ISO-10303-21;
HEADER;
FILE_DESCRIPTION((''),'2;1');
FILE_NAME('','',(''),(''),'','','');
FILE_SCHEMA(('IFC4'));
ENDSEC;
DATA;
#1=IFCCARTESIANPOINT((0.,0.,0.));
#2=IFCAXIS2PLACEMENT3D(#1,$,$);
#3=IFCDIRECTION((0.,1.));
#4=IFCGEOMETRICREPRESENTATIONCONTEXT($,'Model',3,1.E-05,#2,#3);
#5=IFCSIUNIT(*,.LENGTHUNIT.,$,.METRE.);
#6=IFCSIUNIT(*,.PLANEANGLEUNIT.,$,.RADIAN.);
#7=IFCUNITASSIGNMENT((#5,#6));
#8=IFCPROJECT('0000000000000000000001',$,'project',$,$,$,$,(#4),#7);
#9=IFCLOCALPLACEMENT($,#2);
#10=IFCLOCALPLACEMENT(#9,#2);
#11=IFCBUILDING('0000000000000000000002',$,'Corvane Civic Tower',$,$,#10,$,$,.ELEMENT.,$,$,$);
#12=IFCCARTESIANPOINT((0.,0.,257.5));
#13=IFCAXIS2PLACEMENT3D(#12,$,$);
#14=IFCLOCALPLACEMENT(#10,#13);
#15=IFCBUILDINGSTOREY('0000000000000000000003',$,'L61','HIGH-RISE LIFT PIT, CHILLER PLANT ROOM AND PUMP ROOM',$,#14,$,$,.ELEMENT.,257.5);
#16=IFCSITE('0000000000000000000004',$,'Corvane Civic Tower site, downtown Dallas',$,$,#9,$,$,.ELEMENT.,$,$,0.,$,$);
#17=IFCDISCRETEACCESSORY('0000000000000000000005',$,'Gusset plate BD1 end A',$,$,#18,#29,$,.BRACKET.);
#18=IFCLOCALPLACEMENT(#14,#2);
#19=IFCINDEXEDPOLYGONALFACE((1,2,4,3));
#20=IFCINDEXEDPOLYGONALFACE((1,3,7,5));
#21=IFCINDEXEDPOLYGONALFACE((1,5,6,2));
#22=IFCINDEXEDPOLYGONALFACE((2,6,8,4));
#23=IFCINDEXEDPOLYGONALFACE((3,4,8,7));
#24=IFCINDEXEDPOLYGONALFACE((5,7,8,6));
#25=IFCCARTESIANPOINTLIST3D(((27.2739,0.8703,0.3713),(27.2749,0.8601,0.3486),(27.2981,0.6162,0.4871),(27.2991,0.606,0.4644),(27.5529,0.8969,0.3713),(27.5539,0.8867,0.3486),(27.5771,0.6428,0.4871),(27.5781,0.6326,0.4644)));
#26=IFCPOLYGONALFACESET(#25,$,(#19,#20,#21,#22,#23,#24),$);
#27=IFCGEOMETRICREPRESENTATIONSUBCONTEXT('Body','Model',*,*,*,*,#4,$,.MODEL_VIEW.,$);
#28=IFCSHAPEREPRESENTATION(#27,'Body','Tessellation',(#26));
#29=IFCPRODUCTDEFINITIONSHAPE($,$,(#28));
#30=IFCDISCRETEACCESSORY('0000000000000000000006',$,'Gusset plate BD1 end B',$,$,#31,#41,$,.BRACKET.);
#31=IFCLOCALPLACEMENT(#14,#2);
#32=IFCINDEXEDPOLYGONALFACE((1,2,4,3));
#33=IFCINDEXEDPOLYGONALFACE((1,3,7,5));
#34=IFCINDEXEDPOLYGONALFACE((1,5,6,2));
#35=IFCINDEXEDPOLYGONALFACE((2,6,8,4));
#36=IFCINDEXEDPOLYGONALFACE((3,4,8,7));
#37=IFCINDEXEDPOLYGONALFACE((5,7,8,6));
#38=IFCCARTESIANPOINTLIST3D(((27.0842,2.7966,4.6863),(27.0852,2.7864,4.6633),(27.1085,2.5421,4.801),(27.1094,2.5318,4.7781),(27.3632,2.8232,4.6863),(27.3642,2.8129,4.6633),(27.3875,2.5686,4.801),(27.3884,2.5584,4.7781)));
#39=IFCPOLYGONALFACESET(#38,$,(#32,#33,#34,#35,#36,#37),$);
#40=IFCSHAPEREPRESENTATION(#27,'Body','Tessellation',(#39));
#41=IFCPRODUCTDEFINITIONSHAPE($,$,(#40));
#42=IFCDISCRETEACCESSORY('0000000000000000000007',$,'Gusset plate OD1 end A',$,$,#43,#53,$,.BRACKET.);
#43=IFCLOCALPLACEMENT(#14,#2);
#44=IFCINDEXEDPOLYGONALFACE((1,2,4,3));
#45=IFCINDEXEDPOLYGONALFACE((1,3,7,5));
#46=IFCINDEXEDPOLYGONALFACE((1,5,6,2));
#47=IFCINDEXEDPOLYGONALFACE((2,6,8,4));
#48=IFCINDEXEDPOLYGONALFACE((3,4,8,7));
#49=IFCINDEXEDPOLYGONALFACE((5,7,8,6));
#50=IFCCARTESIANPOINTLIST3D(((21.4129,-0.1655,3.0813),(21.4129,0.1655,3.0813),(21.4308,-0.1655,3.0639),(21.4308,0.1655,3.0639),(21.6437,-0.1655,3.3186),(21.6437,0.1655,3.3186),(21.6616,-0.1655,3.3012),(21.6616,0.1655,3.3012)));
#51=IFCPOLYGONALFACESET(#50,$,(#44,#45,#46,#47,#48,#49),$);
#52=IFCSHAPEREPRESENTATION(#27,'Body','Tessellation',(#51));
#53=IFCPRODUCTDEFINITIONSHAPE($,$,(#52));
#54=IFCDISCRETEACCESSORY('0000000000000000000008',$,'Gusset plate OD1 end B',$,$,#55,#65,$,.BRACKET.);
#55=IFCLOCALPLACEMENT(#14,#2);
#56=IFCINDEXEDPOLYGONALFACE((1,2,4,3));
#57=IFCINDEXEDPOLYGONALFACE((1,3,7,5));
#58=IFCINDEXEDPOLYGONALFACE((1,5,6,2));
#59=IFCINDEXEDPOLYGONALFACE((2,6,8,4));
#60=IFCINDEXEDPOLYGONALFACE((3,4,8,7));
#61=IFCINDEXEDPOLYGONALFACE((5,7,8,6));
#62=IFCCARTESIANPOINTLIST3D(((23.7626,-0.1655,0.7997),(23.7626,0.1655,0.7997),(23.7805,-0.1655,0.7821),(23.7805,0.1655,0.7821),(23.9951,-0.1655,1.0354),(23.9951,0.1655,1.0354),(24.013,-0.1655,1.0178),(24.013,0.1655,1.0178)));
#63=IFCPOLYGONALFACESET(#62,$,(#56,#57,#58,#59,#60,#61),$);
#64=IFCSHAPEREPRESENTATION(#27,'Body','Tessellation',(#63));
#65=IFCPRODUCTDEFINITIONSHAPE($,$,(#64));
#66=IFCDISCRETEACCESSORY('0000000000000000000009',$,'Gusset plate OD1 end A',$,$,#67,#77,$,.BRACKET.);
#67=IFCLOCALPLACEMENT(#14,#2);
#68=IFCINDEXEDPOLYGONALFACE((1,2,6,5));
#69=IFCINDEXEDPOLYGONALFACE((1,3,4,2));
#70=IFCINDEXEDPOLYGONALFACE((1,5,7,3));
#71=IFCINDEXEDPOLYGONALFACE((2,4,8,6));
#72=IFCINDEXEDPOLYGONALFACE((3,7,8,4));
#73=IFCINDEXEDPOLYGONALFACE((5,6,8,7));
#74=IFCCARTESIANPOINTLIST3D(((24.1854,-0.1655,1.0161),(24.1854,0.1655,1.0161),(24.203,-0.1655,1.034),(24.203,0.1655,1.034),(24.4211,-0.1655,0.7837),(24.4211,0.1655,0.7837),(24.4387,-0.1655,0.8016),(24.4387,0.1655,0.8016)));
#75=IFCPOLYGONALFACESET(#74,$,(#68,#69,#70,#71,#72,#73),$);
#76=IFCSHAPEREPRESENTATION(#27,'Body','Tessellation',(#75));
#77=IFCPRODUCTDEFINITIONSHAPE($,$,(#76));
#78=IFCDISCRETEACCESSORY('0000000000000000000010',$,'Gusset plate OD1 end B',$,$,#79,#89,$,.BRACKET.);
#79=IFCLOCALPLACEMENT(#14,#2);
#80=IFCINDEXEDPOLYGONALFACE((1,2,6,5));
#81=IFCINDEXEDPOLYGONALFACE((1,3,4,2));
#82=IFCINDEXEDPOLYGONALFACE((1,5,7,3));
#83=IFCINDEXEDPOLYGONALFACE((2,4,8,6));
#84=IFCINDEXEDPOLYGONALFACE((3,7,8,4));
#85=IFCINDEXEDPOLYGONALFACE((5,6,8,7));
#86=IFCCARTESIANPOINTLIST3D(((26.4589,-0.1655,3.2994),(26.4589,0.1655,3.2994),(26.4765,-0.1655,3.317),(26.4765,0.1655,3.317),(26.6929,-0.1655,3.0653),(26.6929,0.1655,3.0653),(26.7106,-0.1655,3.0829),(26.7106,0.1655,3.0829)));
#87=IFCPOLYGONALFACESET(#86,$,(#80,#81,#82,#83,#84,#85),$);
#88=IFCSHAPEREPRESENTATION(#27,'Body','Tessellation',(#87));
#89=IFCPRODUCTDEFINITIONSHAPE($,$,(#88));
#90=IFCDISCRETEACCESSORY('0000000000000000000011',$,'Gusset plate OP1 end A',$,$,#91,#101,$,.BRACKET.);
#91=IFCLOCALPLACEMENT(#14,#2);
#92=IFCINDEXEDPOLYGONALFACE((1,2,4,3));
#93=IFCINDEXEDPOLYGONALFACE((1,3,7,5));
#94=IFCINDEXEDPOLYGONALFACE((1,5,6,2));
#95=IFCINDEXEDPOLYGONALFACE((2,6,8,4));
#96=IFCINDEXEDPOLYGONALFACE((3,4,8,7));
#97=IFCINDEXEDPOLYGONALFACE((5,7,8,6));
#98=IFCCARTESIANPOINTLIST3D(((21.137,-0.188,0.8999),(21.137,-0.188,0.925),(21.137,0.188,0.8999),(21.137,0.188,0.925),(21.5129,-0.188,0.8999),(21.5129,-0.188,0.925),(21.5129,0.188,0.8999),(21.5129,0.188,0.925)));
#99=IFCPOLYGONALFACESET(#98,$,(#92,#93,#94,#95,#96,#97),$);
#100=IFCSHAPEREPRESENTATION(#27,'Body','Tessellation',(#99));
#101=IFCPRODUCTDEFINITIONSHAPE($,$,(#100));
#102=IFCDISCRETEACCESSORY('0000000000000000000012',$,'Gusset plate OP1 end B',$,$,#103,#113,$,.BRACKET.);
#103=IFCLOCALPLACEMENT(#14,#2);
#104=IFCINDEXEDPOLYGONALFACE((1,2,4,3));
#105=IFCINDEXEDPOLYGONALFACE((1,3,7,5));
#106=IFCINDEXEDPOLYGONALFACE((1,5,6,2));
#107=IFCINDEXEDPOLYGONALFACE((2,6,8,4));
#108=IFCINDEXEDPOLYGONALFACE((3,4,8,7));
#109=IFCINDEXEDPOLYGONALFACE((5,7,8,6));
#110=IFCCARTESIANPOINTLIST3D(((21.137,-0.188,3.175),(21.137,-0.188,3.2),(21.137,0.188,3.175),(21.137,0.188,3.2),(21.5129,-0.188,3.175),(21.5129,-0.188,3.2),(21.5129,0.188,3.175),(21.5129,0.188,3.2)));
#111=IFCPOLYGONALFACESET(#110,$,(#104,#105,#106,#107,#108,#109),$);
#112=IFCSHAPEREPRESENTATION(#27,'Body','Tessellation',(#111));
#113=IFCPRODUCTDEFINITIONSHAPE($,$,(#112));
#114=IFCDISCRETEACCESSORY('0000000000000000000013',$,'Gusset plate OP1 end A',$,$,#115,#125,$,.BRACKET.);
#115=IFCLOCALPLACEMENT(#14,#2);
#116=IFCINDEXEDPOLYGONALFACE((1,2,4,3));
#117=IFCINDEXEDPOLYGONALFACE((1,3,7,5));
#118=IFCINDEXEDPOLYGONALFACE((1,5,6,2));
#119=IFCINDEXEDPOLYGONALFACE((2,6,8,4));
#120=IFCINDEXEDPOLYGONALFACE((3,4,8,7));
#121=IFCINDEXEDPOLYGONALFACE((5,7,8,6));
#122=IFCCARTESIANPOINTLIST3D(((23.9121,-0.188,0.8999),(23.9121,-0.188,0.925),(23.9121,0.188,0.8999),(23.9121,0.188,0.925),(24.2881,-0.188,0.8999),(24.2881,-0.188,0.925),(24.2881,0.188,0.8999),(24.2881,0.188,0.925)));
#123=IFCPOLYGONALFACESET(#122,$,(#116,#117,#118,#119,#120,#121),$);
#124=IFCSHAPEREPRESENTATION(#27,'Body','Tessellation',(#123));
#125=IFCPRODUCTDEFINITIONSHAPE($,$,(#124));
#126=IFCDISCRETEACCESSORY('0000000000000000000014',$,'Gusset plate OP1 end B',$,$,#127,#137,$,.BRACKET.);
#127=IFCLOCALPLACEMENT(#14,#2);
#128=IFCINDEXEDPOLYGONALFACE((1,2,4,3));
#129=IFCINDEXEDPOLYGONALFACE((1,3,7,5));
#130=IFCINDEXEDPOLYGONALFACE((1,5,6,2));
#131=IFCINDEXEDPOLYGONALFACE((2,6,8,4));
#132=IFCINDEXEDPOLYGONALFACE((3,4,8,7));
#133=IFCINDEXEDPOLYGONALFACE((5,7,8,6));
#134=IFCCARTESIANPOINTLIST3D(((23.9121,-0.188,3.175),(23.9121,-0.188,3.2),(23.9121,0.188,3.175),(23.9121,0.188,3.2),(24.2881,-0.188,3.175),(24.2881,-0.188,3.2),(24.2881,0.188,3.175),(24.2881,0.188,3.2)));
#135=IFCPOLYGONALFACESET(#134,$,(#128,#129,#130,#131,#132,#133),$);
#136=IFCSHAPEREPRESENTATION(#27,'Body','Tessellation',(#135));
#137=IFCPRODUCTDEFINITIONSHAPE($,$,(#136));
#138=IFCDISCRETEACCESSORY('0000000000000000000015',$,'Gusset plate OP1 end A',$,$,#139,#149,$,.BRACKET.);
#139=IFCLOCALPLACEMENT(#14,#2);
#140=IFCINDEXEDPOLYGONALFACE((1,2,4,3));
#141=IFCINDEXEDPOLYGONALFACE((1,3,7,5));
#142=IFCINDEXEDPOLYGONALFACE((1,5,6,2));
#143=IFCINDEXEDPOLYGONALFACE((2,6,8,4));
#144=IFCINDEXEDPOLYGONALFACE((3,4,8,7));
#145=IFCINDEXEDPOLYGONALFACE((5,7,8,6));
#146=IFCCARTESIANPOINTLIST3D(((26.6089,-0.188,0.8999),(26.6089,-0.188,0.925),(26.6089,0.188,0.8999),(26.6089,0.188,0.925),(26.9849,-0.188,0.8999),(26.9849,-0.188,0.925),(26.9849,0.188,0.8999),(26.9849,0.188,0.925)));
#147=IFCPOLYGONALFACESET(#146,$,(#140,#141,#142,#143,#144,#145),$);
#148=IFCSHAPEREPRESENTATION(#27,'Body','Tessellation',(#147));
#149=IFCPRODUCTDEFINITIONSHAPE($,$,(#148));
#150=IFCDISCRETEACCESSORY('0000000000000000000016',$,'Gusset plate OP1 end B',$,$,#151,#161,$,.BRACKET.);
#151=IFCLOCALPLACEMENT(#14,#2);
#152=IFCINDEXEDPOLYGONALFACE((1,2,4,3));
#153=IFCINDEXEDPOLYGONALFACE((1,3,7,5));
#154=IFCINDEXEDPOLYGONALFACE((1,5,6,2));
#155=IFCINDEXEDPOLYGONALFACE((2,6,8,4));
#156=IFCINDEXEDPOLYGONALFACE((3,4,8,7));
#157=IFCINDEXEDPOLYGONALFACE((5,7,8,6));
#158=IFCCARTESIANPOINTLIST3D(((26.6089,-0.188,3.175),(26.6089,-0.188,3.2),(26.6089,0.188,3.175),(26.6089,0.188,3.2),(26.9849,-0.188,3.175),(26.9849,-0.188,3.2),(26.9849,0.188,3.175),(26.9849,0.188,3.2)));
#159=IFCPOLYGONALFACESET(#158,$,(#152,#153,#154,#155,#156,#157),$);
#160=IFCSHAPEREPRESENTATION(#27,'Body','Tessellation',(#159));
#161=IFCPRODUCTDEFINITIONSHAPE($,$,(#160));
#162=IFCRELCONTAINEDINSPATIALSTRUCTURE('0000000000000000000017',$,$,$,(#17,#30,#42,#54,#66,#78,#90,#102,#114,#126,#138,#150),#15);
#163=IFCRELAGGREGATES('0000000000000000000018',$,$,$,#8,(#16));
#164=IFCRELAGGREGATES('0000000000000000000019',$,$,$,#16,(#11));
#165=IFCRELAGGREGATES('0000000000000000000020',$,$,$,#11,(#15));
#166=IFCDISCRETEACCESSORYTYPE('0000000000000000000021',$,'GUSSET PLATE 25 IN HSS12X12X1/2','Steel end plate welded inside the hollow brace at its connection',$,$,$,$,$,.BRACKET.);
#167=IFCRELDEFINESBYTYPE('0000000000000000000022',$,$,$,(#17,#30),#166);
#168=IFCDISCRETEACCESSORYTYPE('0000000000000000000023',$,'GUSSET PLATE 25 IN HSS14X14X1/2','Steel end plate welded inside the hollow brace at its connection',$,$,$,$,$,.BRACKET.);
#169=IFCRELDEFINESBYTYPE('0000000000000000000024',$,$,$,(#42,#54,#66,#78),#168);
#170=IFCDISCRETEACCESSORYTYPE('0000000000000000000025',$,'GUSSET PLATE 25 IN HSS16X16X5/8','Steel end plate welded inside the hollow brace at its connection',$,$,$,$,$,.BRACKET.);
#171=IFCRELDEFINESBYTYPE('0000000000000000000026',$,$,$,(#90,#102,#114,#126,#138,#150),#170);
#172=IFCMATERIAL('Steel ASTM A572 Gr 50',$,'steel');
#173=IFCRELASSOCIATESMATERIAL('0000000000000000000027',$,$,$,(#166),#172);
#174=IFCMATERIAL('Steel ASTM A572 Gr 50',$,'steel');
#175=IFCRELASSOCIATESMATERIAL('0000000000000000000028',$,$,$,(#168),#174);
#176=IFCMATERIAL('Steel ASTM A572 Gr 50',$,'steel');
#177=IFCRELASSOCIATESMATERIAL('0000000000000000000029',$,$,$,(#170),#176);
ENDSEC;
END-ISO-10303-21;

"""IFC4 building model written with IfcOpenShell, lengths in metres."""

from ifc_helpers import new_model, si_unit, direction, frame, origin, origin_2d, place, context, subcontext, project, spatial, rectangle, extrude, material, material_profile, profile_set, type_object, element, save


model = new_model("IFC4")

# Units and contexts
model_context = context("Model", 3, precision=1e-05, world=origin(), true_north=direction((0.0, 1.0)))
body_context = subcontext(model_context, "Body", "Model", "MODEL_VIEW")
ifc_project = project(units=[si_unit("LENGTHUNIT", "METRE"), si_unit("PLANEANGLEUNIT", "RADIAN")], contexts=[model_context])

# Site, building, storey
site_placement = place(None, origin())
site = spatial("IfcSite", under=ifc_project, at=site_placement, Name="Corvane Civic Tower site, downtown Dallas", CompositionType="ELEMENT", RefElevation=0.0)
building_placement = place(site_placement, origin())
building = spatial("IfcBuilding", under=site, at=building_placement, Name="Corvane Civic Tower", CompositionType="ELEMENT")
storey_placement = place(building_placement, frame((0.0, 0.0, 257.5)))
storey = spatial("IfcBuildingStorey", under=building, at=storey_placement, Name="L61", Description="HIGH-RISE LIFT PIT, CHILLER PLANT ROOM AND PUMP ROOM", CompositionType="ELEMENT", Elevation=257.5)

# Discrete accessories
ifc_material_1 = material(Name="Steel ASTM A572 Gr 50", Category="steel")
ifc_material_profile_1 = material_profile(ifc_material_1, rectangle(XDim=0.2803, YDim=0.2803, at=origin_2d()), Name="GUSSET PLATE 25 IN HSS12X12X1/2")
ifc_profile_set_1 = profile_set([ifc_material_profile_1], Name="Steel ASTM A572 Gr 50")
discrete_accessory_type_1 = type_object("IfcDiscreteAccessoryType", Name="GUSSET PLATE 25 IN HSS12X12X1/2", Description="Steel end plate welded inside the hollow brace at its connection", PredefinedType="BRACKET", material=ifc_profile_set_1)
discrete_accessory_1_placement = place(storey_placement, frame((27.4265, 0.7463, 0.4065), z_axis=(-0.039169, 0.411271, 0.910671), x_axis=(-0.995495, -0.094809, 0.0)))
element("IfcDiscreteAccessory", 1, at=discrete_accessory_1_placement, inside=storey, type_object=discrete_accessory_type_1, Name="Gusset plate BD1 end A", PredefinedType="BRACKET", context=body_context, shape_type="SweptSolid", body=[
    extrude(rectangle(XDim=0.2803, YDim=0.2803, at=origin_2d()), origin(), (0.0, 0.0, 1.0), 0.0249),
])
discrete_accessory_2_placement = place(storey_placement, frame((27.2358, 2.6826, 4.7437), z_axis=(0.038822, -0.407633, -0.91232), x_axis=(0.995495, 0.094809, 0.0)))
element("IfcDiscreteAccessory", 2, at=discrete_accessory_2_placement, inside=storey, type_object=discrete_accessory_type_1, Name="Gusset plate BD1 end B", PredefinedType="BRACKET", context=body_context, shape_type="SweptSolid", body=[
    extrude(rectangle(XDim=0.2803, YDim=0.2803, at=origin_2d()), origin(), (0.0, 0.0, 1.0), 0.0251),
])
ifc_material_2 = material(Name="Steel ASTM A572 Gr 50", Category="steel")
ifc_material_profile_2 = material_profile(ifc_material_2, rectangle(XDim=0.3311, YDim=0.3311, at=origin_2d()), Name="GUSSET PLATE 25 IN HSS14X14X1/2")
ifc_profile_set_2 = profile_set([ifc_material_profile_2], Name="Steel ASTM A572 Gr 50")
discrete_accessory_type_2 = type_object("IfcDiscreteAccessoryType", Name="GUSSET PLATE 25 IN HSS14X14X1/2", Description="Steel end plate welded inside the hollow brace at its connection", PredefinedType="BRACKET", material=ifc_profile_set_2)
discrete_accessory_3_placement = place(storey_placement, frame((21.5283, 0.0, 3.2), z_axis=(0.716859, 0.0, -0.697219), x_axis=(0.0, 1.0, 0.0)))
element("IfcDiscreteAccessory", 3, at=discrete_accessory_3_placement, inside=storey, type_object=discrete_accessory_type_2, Name="Gusset plate OD1 end A", PredefinedType="BRACKET", context=body_context, shape_type="SweptSolid", body=[
    extrude(rectangle(XDim=0.3311, YDim=0.3311, at=origin_2d()), origin(), (0.0, 0.0, 1.0), 0.0249),
])
for number, where, z_axis, x_axis, name in (
    (4, (23.8967, 0.0, 0.8999), (-0.711966, 0.0, 0.702213), (0.0, -1.0, 0.0), "Gusset plate OD1 end B"),
    (5, (24.3032, 0.0, 0.8999), (0.702213, 0.0, 0.711966), (0.0, 1.0, 0.0), "Gusset plate OD1 end A"),
):
    element("IfcDiscreteAccessory", number, at=place(storey_placement, frame(where, z_axis=z_axis, x_axis=x_axis)), inside=storey, type_object=discrete_accessory_type_2, Name=name, PredefinedType="BRACKET", context=body_context, shape_type="SweptSolid", body=[
        extrude(rectangle(XDim=0.3311, YDim=0.3311, at=origin_2d()), origin(), (0.0, 0.0, 1.0), 0.0251),
    ])
discrete_accessory_4_placement = place(storey_placement, frame((26.5935, 0.0, 3.2), z_axis=(-0.707107, 0.0, -0.707107), x_axis=(0.0, -1.0, 0.0)))
element("IfcDiscreteAccessory", 6, at=discrete_accessory_4_placement, inside=storey, type_object=discrete_accessory_type_2, Name="Gusset plate OD1 end B", PredefinedType="BRACKET", context=body_context, shape_type="SweptSolid", body=[
    extrude(rectangle(XDim=0.3311, YDim=0.3311, at=origin_2d()), origin(), (0.0, 0.0, 1.0), 0.0249),
])
ifc_material_3 = material(Name="Steel ASTM A572 Gr 50", Category="steel")
ifc_material_profile_3 = material_profile(ifc_material_3, rectangle(XDim=0.376, YDim=0.376, at=origin_2d()), Name="GUSSET PLATE 25 IN HSS16X16X5/8")
ifc_profile_set_3 = profile_set([ifc_material_profile_3], Name="Steel ASTM A572 Gr 50")
discrete_accessory_type_3 = type_object("IfcDiscreteAccessoryType", Name="GUSSET PLATE 25 IN HSS16X16X5/8", Description="Steel end plate welded inside the hollow brace at its connection", PredefinedType="BRACKET", material=ifc_profile_set_3)
discrete_accessory_5_placement = place(storey_placement, frame((21.325, 0.0, 0.8999), z_axis=(0.0, 0.0, 1.0), x_axis=(1.0, 0.0, 0.0)))
element("IfcDiscreteAccessory", 7, at=discrete_accessory_5_placement, inside=storey, type_object=discrete_accessory_type_3, Name="Gusset plate OP1 end A", PredefinedType="BRACKET", context=body_context, shape_type="SweptSolid", body=[
    extrude(rectangle(XDim=0.376, YDim=0.376, at=origin_2d()), origin(), (0.0, 0.0, 1.0), 0.0251),
])
discrete_accessory_6_placement = place(storey_placement, frame((21.325, 0.0, 3.2), z_axis=(0.0, 0.0, -1.0), x_axis=(1.0, 0.0, 0.0)))
element("IfcDiscreteAccessory", 8, at=discrete_accessory_6_placement, inside=storey, type_object=discrete_accessory_type_3, Name="Gusset plate OP1 end B", PredefinedType="BRACKET", context=body_context, shape_type="SweptSolid", body=[
    extrude(rectangle(XDim=0.376, YDim=0.376, at=origin_2d()), origin(), (0.0, 0.0, 1.0), 0.0249),
])
discrete_accessory_7_placement = place(storey_placement, frame((24.1001, 0.0, 0.8999), z_axis=(0.0, 0.0, 1.0), x_axis=(1.0, 0.0, 0.0)))
element("IfcDiscreteAccessory", 9, at=discrete_accessory_7_placement, inside=storey, type_object=discrete_accessory_type_3, Name="Gusset plate OP1 end A", PredefinedType="BRACKET", context=body_context, shape_type="SweptSolid", body=[
    extrude(rectangle(XDim=0.376, YDim=0.376, at=origin_2d()), origin(), (0.0, 0.0, 1.0), 0.0251),
])
discrete_accessory_8_placement = place(storey_placement, frame((24.1001, 0.0, 3.2), z_axis=(0.0, 0.0, -1.0), x_axis=(1.0, 0.0, 0.0)))
element("IfcDiscreteAccessory", 10, at=discrete_accessory_8_placement, inside=storey, type_object=discrete_accessory_type_3, Name="Gusset plate OP1 end B", PredefinedType="BRACKET", context=body_context, shape_type="SweptSolid", body=[
    extrude(rectangle(XDim=0.376, YDim=0.376, at=origin_2d()), origin(), (0.0, 0.0, 1.0), 0.0249),
])
discrete_accessory_9_placement = place(storey_placement, frame((26.7969, 0.0, 0.8999), z_axis=(0.0, 0.0, 1.0), x_axis=(1.0, 0.0, 0.0)))
element("IfcDiscreteAccessory", 11, at=discrete_accessory_9_placement, inside=storey, type_object=discrete_accessory_type_3, Name="Gusset plate OP1 end A", PredefinedType="BRACKET", context=body_context, shape_type="SweptSolid", body=[
    extrude(rectangle(XDim=0.376, YDim=0.376, at=origin_2d()), origin(), (0.0, 0.0, 1.0), 0.0251),
])
discrete_accessory_10_placement = place(storey_placement, frame((26.7969, 0.0, 3.2), z_axis=(0.0, 0.0, -1.0), x_axis=(1.0, 0.0, 0.0)))
element("IfcDiscreteAccessory", 12, at=discrete_accessory_10_placement, inside=storey, type_object=discrete_accessory_type_3, Name="Gusset plate OP1 end B", PredefinedType="BRACKET", context=body_context, shape_type="SweptSolid", body=[
    extrude(rectangle(XDim=0.376, YDim=0.376, at=origin_2d()), origin(), (0.0, 0.0, 1.0), 0.0249),
])

save(model, "model.ifc")
